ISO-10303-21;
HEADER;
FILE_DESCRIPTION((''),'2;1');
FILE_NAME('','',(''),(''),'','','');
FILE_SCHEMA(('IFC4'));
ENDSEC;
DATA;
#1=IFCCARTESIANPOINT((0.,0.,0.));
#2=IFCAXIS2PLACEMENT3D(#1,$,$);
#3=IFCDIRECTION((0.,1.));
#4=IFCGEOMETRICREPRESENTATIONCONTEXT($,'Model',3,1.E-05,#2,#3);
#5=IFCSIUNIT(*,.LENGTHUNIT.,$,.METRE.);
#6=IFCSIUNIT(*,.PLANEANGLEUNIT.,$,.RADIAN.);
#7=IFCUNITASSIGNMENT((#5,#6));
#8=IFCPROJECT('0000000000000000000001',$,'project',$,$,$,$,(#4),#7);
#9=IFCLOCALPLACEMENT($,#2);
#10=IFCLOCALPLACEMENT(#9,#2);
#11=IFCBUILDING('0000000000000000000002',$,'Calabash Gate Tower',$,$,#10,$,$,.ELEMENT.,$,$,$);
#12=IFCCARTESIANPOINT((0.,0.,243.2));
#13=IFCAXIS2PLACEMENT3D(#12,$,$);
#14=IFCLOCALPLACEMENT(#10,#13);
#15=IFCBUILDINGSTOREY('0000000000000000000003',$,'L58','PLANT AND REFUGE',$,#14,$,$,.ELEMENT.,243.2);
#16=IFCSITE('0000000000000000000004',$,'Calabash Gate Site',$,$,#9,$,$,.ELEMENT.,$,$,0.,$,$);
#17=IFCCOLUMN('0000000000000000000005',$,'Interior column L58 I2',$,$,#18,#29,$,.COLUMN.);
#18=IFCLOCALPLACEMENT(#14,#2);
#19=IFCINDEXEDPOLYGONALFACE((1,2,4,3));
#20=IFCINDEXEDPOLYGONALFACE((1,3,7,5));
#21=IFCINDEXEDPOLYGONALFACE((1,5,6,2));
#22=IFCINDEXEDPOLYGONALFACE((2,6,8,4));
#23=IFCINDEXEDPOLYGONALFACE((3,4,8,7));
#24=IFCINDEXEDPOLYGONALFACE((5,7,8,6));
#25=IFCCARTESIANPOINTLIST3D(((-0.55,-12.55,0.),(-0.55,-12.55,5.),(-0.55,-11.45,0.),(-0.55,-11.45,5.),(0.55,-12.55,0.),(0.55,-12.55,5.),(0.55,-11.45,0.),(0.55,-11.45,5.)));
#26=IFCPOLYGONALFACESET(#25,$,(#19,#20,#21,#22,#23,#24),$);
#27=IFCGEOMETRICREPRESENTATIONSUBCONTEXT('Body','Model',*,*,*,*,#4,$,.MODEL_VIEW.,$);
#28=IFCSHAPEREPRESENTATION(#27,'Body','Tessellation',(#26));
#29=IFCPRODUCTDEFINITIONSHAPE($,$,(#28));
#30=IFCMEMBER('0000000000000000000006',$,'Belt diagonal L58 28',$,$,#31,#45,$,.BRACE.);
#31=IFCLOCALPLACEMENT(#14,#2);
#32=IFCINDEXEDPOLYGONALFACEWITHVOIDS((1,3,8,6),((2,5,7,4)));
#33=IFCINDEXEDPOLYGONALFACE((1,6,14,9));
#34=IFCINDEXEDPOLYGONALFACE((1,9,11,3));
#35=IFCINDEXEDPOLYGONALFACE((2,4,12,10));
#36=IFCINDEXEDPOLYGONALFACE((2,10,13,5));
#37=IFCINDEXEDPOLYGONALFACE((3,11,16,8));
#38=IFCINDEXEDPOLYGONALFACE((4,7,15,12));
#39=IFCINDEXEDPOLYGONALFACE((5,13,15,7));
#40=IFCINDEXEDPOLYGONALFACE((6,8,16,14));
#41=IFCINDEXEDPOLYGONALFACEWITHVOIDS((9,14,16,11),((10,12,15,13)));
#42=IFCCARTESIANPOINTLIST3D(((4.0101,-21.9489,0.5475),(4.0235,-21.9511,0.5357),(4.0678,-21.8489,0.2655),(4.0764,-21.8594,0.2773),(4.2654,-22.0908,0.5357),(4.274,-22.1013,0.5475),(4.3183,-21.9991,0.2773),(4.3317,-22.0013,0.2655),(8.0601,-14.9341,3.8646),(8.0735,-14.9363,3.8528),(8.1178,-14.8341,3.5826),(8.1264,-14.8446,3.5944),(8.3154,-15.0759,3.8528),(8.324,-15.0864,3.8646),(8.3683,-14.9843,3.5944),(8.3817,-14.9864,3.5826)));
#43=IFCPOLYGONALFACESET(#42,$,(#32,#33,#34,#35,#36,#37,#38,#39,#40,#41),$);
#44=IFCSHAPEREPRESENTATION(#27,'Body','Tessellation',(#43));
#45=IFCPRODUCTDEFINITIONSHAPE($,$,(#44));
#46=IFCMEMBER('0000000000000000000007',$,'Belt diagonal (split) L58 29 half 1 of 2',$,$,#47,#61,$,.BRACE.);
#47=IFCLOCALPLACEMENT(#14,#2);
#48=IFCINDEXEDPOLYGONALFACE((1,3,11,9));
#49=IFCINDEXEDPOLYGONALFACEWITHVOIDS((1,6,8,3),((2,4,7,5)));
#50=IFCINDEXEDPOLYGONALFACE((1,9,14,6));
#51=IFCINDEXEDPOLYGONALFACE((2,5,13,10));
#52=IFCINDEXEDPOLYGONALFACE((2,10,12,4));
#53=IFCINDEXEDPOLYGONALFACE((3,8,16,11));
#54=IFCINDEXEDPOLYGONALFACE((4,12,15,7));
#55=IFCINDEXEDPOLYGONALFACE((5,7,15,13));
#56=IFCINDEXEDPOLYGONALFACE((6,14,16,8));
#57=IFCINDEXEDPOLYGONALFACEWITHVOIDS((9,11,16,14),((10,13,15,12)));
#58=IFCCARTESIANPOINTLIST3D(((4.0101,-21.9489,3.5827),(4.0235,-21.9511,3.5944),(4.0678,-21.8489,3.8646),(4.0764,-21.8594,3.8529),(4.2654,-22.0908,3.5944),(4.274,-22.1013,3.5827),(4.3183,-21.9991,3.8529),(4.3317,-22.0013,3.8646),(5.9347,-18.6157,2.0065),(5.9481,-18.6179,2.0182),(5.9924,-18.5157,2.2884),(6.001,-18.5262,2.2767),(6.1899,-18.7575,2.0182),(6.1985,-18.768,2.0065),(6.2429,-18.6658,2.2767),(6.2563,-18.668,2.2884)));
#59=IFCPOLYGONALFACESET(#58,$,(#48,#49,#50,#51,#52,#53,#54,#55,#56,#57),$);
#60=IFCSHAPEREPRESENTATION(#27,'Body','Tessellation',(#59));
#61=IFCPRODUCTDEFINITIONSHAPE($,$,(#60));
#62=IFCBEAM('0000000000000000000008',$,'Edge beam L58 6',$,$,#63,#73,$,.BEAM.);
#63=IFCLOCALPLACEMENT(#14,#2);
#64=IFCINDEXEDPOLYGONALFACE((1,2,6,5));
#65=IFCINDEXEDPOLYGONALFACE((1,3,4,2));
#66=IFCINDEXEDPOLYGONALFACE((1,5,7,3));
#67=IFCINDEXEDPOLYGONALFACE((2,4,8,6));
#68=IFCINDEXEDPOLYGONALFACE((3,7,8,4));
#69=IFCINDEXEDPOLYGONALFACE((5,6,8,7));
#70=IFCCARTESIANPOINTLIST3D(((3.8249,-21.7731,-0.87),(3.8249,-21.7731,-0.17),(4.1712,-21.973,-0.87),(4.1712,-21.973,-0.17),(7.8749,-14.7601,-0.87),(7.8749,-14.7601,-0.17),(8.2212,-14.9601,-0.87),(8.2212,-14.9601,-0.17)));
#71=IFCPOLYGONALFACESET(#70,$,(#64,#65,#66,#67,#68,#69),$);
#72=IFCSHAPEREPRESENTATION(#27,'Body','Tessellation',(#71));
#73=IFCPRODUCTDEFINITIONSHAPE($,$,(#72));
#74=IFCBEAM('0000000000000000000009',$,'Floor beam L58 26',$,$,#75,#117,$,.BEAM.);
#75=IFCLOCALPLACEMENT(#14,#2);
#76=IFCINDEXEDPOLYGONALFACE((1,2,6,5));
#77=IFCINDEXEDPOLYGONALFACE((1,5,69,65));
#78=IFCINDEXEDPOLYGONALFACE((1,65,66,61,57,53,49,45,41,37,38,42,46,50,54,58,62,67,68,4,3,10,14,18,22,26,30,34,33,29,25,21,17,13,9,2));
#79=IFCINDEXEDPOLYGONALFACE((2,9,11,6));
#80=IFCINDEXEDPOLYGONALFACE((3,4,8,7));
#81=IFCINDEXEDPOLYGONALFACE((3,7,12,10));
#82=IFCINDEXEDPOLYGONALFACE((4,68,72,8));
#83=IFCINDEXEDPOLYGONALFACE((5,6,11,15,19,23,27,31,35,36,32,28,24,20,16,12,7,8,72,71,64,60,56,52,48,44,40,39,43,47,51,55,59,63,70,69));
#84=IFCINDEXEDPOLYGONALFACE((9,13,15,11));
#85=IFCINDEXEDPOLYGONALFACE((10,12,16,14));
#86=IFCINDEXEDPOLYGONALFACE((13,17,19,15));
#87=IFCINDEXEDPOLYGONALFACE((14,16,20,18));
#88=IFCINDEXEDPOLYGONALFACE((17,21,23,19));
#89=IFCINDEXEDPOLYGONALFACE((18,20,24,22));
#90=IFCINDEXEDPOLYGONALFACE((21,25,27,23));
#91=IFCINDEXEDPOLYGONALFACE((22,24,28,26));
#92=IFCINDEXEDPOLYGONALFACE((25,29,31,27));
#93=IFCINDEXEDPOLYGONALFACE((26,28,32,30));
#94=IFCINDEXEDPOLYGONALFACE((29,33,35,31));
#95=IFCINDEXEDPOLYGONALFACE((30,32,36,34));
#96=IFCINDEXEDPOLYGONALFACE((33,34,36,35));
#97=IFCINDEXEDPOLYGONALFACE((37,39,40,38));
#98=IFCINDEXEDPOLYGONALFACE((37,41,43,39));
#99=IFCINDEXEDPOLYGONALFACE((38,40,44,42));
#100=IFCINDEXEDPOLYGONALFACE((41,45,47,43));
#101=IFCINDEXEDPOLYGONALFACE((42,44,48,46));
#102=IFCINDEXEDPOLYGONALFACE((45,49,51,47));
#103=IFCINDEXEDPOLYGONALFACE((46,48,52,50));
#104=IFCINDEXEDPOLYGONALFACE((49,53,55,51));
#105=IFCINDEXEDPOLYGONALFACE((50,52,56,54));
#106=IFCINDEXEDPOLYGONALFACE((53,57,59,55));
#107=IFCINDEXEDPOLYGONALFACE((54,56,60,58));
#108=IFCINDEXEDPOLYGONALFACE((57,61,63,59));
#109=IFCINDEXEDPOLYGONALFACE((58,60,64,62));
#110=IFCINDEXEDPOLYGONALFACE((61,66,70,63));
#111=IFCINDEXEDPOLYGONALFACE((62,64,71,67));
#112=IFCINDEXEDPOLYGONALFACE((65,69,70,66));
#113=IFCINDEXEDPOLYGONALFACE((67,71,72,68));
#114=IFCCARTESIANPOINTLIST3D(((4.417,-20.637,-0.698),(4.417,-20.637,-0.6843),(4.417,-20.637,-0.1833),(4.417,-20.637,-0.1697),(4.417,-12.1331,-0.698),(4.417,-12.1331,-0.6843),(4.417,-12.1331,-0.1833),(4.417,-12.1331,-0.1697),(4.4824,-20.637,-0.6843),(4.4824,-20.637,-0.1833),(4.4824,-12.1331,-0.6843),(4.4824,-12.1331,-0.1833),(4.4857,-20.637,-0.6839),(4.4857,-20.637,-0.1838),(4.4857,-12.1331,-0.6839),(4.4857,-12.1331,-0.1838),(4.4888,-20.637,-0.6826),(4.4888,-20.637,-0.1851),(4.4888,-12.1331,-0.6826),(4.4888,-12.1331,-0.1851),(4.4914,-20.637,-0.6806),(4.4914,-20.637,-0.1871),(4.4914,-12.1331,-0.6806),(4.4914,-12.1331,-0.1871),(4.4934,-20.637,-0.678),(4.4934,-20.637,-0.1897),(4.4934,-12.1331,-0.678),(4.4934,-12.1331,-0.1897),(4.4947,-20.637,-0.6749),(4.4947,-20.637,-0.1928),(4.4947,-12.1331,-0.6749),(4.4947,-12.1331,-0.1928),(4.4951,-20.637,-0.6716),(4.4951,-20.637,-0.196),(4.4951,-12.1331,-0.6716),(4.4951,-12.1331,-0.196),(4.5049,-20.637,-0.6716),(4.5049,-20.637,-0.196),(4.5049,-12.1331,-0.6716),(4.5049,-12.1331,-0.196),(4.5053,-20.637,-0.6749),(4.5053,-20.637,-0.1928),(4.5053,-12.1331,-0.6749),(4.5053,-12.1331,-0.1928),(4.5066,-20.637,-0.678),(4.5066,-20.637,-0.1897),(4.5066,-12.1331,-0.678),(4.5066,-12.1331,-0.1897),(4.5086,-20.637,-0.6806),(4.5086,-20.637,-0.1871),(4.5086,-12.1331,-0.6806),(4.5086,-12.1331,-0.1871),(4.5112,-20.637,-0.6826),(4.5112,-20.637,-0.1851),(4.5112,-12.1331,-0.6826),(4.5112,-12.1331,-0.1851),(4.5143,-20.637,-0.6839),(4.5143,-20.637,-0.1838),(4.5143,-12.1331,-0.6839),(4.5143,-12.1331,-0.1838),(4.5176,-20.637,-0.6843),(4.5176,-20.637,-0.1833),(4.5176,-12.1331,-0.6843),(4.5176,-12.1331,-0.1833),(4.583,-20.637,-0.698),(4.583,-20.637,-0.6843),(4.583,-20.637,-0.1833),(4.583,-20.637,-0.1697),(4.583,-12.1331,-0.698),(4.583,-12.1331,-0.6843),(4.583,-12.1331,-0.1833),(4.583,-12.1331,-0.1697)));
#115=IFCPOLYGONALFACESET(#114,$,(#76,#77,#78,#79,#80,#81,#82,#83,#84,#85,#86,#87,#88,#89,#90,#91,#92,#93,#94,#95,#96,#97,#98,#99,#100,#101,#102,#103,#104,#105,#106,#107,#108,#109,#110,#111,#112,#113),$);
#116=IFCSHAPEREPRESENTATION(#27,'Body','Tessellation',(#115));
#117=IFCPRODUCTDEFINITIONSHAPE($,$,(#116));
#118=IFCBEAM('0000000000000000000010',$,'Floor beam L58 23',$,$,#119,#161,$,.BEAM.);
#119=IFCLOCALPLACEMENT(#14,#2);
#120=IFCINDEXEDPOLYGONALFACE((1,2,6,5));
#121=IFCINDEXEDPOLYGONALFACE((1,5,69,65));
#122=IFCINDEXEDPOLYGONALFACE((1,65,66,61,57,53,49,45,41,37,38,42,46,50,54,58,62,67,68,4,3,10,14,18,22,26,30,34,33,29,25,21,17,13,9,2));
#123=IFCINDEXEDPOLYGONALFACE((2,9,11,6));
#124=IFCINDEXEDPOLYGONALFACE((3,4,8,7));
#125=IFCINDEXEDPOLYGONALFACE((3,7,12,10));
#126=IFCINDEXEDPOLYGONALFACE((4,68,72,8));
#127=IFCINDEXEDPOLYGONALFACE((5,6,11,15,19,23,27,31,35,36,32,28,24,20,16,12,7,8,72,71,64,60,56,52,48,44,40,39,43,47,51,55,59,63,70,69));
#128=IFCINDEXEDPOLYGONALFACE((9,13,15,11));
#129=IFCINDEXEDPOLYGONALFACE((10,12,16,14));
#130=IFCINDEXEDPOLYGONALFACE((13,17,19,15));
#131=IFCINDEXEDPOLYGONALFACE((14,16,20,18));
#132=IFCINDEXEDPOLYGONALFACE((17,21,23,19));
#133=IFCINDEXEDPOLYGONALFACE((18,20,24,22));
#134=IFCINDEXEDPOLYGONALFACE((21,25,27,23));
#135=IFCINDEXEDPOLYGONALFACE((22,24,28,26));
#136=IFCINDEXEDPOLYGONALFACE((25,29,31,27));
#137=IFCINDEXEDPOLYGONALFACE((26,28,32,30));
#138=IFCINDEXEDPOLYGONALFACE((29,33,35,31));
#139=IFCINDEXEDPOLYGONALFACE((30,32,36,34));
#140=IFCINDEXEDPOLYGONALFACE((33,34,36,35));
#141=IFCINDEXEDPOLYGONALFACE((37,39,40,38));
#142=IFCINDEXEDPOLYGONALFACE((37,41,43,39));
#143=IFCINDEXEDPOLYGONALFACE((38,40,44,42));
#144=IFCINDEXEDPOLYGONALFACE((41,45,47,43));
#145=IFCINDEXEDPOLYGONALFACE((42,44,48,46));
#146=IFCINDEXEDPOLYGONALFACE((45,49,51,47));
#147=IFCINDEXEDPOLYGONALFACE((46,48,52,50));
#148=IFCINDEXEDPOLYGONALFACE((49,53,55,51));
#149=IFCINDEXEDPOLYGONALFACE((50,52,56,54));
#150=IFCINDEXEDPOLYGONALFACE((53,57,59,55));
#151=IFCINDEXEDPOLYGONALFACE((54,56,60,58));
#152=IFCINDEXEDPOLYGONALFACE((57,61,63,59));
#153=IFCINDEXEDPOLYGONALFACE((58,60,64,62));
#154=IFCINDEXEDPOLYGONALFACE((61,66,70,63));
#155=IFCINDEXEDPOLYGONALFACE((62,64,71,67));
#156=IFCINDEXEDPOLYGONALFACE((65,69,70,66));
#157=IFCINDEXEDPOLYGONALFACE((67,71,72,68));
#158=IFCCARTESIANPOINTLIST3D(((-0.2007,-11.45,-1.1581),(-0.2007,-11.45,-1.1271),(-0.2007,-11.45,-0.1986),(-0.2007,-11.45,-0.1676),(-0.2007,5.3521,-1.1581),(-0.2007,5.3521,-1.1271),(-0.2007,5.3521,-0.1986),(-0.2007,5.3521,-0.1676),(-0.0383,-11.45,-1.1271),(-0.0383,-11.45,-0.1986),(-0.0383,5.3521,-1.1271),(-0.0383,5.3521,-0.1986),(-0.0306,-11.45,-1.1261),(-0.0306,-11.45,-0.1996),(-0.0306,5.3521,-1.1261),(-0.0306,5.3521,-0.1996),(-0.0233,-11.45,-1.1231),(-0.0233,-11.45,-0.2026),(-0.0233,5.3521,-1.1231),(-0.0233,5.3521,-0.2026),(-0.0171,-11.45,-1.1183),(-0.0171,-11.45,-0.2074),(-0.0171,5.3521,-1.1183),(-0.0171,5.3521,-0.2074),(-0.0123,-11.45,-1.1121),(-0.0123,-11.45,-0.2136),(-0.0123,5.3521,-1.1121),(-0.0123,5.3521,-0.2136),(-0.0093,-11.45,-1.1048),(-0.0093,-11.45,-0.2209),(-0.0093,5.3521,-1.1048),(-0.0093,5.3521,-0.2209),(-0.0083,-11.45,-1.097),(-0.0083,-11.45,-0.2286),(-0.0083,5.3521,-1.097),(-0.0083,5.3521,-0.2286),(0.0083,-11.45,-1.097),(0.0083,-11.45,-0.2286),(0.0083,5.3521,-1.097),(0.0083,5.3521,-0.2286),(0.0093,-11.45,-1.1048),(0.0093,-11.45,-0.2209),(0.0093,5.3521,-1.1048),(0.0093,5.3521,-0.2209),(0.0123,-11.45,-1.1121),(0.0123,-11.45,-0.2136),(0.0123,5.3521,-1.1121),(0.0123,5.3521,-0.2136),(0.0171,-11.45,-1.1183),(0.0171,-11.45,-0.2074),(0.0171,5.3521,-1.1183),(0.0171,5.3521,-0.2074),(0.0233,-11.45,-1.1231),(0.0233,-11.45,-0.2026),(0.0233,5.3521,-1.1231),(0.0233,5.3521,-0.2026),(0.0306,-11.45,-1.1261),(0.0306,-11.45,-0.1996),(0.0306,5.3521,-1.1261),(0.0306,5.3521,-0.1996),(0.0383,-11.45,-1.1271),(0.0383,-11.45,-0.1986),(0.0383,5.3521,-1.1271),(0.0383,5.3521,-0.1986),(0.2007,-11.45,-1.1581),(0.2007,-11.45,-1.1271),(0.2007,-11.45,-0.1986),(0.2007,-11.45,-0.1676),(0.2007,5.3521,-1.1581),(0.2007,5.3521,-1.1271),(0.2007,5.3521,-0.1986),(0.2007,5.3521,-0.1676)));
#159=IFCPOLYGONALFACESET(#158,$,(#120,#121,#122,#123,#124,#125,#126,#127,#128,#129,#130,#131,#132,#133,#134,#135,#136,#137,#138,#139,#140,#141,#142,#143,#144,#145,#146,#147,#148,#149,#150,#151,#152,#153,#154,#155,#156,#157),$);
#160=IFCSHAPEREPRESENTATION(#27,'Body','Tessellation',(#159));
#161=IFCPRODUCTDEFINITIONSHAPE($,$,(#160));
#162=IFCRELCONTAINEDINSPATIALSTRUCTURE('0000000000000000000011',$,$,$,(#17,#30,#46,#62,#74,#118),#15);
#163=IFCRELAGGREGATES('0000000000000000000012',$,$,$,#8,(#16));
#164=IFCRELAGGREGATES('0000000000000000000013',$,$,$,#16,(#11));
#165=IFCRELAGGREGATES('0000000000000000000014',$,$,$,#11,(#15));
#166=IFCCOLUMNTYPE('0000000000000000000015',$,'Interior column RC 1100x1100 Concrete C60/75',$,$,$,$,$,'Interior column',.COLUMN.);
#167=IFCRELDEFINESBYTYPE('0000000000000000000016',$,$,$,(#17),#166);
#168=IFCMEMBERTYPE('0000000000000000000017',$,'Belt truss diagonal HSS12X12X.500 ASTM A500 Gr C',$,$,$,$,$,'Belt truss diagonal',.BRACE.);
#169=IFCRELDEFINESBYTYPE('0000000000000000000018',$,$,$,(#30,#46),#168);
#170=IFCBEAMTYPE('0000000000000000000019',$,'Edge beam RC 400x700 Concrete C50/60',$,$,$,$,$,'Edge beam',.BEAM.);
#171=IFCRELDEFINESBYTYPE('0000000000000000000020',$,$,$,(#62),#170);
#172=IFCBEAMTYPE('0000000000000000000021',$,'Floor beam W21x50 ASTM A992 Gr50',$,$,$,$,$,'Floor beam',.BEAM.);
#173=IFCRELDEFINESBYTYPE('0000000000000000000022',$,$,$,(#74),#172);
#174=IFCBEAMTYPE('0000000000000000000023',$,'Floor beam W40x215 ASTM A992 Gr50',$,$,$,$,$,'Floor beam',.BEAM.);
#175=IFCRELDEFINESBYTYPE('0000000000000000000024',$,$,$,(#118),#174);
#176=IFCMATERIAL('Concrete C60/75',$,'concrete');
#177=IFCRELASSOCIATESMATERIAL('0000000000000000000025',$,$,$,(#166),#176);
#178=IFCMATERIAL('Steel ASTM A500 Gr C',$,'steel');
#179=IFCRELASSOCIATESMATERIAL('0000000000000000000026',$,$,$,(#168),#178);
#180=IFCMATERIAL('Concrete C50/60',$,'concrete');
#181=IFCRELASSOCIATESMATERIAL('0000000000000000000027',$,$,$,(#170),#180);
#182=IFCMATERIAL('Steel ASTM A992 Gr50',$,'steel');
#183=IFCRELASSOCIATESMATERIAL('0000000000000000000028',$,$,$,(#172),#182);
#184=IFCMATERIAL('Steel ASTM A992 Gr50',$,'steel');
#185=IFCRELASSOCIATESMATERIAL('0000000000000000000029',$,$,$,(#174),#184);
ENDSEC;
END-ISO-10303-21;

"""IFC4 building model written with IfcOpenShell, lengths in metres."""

from ifc_helpers import new_model, si_unit, direction, frame, origin, origin_2d, place, context, subcontext, project, spatial, rectangle, hollow_rectangle, i_section, extrude, material, material_profile, profile_set, type_object, element, save


model = new_model("IFC4")

# Units and contexts
model_context = context("Model", 3, precision=1e-05, world=origin(), true_north=direction((0.0, 1.0)))
body_context = subcontext(model_context, "Body", "Model", "MODEL_VIEW")
ifc_project = project(units=[si_unit("LENGTHUNIT", "METRE"), si_unit("PLANEANGLEUNIT", "RADIAN")], contexts=[model_context])

# Site, building, storey
site_placement = place(None, origin())
site = spatial("IfcSite", under=ifc_project, at=site_placement, Name="Calabash Gate Site", CompositionType="ELEMENT", RefElevation=0.0)
building_placement = place(site_placement, origin())
building = spatial("IfcBuilding", under=site, at=building_placement, Name="Calabash Gate Tower", CompositionType="ELEMENT")
storey_placement = place(building_placement, frame((0.0, 0.0, 243.2)))
storey = spatial("IfcBuildingStorey", under=building, at=storey_placement, Name="L58", Description="PLANT AND REFUGE", CompositionType="ELEMENT", Elevation=243.2)

# Column
ifc_material_1 = material(Name="Concrete C60/75", Category="concrete")
ifc_material_profile_1 = material_profile(ifc_material_1, rectangle(XDim=1.1001, YDim=1.1001, at=origin_2d()))
ifc_profile_set_1 = profile_set([ifc_material_profile_1], Name="Concrete C60/75")
column_type = type_object("IfcColumnType", Name="Interior column RC 1100x1100 Concrete C60/75", ElementType="Interior column", PredefinedType="COLUMN", material=ifc_profile_set_1)
column_placement = place(storey_placement, frame((0.0, -12.0, 0.0), z_axis=(0.0, 0.0, 1.0), x_axis=(1.0, 0.0, 0.0)))
element("IfcColumn", 1, at=column_placement, inside=storey, type_object=column_type, Name="Interior column L58 I2", PredefinedType="COLUMN", context=body_context, shape_type="SweptSolid", body=[
    extrude(rectangle(XDim=1.1001, YDim=1.1001, at=origin_2d()), origin(), (0.0, 0.0, 1.0), 5.0),
])

# Members
ifc_material_2 = material(Name="Steel ASTM A500 Gr C", Category="steel")
ifc_material_profile_2 = material_profile(ifc_material_2, hollow_rectangle(XDim=0.3047, YDim=0.3047, WallThickness=0.0127, at=origin_2d()))
ifc_profile_set_2 = profile_set([ifc_material_profile_2], Name="Steel ASTM A500 Gr C")
member_type_1 = type_object("IfcMemberType", Name="Belt truss diagonal HSS12X12X.500 ASTM A500 Gr C", ElementType="Belt truss diagonal", PredefinedType="BRACE", material=ifc_profile_set_2)
member_1_placement = place(storey_placement, frame((4.1709, -21.9751, 0.4065), z_axis=(0.462704, 0.801427, 0.378972), x_axis=(-0.866025, 0.5, 0.0)))
element("IfcMember", 2, at=member_1_placement, inside=storey, type_object=member_type_1, Name="Belt diagonal L58 28", PredefinedType="BRACE", context=body_context, shape_type="SweptSolid", body=[
    extrude(hollow_rectangle(XDim=0.3047, YDim=0.3047, WallThickness=0.0127, at=origin_2d()), origin(), (0.0, 0.0, 1.0), 8.7529),
])
member_2_placement = place(storey_placement, frame((4.1709, -21.9751, 3.7236), z_axis=(0.462725, 0.80142, -0.378962), x_axis=(-0.866013, 0.500021, 0.0)))
element("IfcMember", 3, at=member_2_placement, inside=storey, type_object=member_type_1, Name="Belt diagonal (split) L58 29 half 1 of 2", PredefinedType="BRACE", context=body_context, shape_type="SweptSolid", body=[
    extrude(hollow_rectangle(XDim=0.3047, YDim=0.3047, WallThickness=0.0127, at=origin_2d()), origin(), (0.0, 0.0, 1.0), 4.1592),
])

# Beams
ifc_material_3 = material(Name="Concrete C50/60", Category="concrete")
ifc_material_profile_3 = material_profile(ifc_material_3, rectangle(XDim=0.3999, YDim=0.7, at=origin_2d()))
ifc_profile_set_3 = profile_set([ifc_material_profile_3], Name="Concrete C50/60")
beam_type_1 = type_object("IfcBeamType", Name="Edge beam RC 400x700 Concrete C50/60", ElementType="Edge beam", PredefinedType="BEAM", material=ifc_profile_set_3)
beam_1_placement = place(storey_placement, frame((3.998, -21.873, -0.52), z_axis=(0.500104, 0.865965, 0.0), x_axis=(-0.865965, 0.500104, 0.0)))
element("IfcBeam", 4, at=beam_1_placement, inside=storey, type_object=beam_type_1, Name="Edge beam L58 6", PredefinedType="BEAM", context=body_context, shape_type="SweptSolid", body=[
    extrude(rectangle(XDim=0.3999, YDim=0.7, at=origin_2d()), origin(), (0.0, 0.0, 1.0), 8.0984),
])
ifc_material_4 = material(Name="Steel ASTM A992 Gr50", Category="steel")
ifc_material_profile_4 = material_profile(ifc_material_4, i_section(OverallWidth=0.166, OverallDepth=0.5283, WebThickness=0.0098, FlangeThickness=0.0137, FilletRadius=0.0127, at=origin_2d()))
ifc_profile_set_4 = profile_set([ifc_material_profile_4], Name="Steel ASTM A992 Gr50")
beam_type_2 = type_object("IfcBeamType", Name="Floor beam W21x50 ASTM A992 Gr50", ElementType="Floor beam", PredefinedType="BEAM", material=ifc_profile_set_4)
beam_2_placement = place(storey_placement, frame((4.5, -20.637, -0.4338), z_axis=(0.0, 1.0, 0.0), x_axis=(-1.0, 0.0, 0.0)))
element("IfcBeam", 5, at=beam_2_placement, inside=storey, type_object=beam_type_2, Name="Floor beam L58 26", PredefinedType="BEAM", context=body_context, shape_type="SweptSolid", body=[
    extrude(i_section(OverallWidth=0.166, OverallDepth=0.5283, WebThickness=0.0098, FlangeThickness=0.0137, FilletRadius=0.0127, at=origin_2d()), origin(), (0.0, 0.0, 1.0), 8.5039),
])
ifc_material_5 = material(Name="Steel ASTM A992 Gr50", Category="steel")
ifc_material_profile_5 = material_profile(ifc_material_5, i_section(OverallWidth=0.4014, OverallDepth=0.9905, WebThickness=0.0166, FlangeThickness=0.031, FilletRadius=0.03, at=origin_2d()))
ifc_profile_set_5 = profile_set([ifc_material_profile_5], Name="Steel ASTM A992 Gr50")
beam_type_3 = type_object("IfcBeamType", Name="Floor beam W40x215 ASTM A992 Gr50", ElementType="Floor beam", PredefinedType="BEAM", material=ifc_profile_set_5)
beam_3_placement = place(storey_placement, frame((0.0, -11.45, -0.6628), z_axis=(0.0, 1.0, 0.0), x_axis=(-1.0, 0.0, 0.0)))
element("IfcBeam", 6, at=beam_3_placement, inside=storey, type_object=beam_type_3, Name="Floor beam L58 23", PredefinedType="BEAM", context=body_context, shape_type="SweptSolid", body=[
    extrude(i_section(OverallWidth=0.4014, OverallDepth=0.9905, WebThickness=0.0166, FlangeThickness=0.031, FilletRadius=0.03, at=origin_2d()), origin(), (0.0, 0.0, 1.0), 16.802),
])

save(model, "model.ifc")
